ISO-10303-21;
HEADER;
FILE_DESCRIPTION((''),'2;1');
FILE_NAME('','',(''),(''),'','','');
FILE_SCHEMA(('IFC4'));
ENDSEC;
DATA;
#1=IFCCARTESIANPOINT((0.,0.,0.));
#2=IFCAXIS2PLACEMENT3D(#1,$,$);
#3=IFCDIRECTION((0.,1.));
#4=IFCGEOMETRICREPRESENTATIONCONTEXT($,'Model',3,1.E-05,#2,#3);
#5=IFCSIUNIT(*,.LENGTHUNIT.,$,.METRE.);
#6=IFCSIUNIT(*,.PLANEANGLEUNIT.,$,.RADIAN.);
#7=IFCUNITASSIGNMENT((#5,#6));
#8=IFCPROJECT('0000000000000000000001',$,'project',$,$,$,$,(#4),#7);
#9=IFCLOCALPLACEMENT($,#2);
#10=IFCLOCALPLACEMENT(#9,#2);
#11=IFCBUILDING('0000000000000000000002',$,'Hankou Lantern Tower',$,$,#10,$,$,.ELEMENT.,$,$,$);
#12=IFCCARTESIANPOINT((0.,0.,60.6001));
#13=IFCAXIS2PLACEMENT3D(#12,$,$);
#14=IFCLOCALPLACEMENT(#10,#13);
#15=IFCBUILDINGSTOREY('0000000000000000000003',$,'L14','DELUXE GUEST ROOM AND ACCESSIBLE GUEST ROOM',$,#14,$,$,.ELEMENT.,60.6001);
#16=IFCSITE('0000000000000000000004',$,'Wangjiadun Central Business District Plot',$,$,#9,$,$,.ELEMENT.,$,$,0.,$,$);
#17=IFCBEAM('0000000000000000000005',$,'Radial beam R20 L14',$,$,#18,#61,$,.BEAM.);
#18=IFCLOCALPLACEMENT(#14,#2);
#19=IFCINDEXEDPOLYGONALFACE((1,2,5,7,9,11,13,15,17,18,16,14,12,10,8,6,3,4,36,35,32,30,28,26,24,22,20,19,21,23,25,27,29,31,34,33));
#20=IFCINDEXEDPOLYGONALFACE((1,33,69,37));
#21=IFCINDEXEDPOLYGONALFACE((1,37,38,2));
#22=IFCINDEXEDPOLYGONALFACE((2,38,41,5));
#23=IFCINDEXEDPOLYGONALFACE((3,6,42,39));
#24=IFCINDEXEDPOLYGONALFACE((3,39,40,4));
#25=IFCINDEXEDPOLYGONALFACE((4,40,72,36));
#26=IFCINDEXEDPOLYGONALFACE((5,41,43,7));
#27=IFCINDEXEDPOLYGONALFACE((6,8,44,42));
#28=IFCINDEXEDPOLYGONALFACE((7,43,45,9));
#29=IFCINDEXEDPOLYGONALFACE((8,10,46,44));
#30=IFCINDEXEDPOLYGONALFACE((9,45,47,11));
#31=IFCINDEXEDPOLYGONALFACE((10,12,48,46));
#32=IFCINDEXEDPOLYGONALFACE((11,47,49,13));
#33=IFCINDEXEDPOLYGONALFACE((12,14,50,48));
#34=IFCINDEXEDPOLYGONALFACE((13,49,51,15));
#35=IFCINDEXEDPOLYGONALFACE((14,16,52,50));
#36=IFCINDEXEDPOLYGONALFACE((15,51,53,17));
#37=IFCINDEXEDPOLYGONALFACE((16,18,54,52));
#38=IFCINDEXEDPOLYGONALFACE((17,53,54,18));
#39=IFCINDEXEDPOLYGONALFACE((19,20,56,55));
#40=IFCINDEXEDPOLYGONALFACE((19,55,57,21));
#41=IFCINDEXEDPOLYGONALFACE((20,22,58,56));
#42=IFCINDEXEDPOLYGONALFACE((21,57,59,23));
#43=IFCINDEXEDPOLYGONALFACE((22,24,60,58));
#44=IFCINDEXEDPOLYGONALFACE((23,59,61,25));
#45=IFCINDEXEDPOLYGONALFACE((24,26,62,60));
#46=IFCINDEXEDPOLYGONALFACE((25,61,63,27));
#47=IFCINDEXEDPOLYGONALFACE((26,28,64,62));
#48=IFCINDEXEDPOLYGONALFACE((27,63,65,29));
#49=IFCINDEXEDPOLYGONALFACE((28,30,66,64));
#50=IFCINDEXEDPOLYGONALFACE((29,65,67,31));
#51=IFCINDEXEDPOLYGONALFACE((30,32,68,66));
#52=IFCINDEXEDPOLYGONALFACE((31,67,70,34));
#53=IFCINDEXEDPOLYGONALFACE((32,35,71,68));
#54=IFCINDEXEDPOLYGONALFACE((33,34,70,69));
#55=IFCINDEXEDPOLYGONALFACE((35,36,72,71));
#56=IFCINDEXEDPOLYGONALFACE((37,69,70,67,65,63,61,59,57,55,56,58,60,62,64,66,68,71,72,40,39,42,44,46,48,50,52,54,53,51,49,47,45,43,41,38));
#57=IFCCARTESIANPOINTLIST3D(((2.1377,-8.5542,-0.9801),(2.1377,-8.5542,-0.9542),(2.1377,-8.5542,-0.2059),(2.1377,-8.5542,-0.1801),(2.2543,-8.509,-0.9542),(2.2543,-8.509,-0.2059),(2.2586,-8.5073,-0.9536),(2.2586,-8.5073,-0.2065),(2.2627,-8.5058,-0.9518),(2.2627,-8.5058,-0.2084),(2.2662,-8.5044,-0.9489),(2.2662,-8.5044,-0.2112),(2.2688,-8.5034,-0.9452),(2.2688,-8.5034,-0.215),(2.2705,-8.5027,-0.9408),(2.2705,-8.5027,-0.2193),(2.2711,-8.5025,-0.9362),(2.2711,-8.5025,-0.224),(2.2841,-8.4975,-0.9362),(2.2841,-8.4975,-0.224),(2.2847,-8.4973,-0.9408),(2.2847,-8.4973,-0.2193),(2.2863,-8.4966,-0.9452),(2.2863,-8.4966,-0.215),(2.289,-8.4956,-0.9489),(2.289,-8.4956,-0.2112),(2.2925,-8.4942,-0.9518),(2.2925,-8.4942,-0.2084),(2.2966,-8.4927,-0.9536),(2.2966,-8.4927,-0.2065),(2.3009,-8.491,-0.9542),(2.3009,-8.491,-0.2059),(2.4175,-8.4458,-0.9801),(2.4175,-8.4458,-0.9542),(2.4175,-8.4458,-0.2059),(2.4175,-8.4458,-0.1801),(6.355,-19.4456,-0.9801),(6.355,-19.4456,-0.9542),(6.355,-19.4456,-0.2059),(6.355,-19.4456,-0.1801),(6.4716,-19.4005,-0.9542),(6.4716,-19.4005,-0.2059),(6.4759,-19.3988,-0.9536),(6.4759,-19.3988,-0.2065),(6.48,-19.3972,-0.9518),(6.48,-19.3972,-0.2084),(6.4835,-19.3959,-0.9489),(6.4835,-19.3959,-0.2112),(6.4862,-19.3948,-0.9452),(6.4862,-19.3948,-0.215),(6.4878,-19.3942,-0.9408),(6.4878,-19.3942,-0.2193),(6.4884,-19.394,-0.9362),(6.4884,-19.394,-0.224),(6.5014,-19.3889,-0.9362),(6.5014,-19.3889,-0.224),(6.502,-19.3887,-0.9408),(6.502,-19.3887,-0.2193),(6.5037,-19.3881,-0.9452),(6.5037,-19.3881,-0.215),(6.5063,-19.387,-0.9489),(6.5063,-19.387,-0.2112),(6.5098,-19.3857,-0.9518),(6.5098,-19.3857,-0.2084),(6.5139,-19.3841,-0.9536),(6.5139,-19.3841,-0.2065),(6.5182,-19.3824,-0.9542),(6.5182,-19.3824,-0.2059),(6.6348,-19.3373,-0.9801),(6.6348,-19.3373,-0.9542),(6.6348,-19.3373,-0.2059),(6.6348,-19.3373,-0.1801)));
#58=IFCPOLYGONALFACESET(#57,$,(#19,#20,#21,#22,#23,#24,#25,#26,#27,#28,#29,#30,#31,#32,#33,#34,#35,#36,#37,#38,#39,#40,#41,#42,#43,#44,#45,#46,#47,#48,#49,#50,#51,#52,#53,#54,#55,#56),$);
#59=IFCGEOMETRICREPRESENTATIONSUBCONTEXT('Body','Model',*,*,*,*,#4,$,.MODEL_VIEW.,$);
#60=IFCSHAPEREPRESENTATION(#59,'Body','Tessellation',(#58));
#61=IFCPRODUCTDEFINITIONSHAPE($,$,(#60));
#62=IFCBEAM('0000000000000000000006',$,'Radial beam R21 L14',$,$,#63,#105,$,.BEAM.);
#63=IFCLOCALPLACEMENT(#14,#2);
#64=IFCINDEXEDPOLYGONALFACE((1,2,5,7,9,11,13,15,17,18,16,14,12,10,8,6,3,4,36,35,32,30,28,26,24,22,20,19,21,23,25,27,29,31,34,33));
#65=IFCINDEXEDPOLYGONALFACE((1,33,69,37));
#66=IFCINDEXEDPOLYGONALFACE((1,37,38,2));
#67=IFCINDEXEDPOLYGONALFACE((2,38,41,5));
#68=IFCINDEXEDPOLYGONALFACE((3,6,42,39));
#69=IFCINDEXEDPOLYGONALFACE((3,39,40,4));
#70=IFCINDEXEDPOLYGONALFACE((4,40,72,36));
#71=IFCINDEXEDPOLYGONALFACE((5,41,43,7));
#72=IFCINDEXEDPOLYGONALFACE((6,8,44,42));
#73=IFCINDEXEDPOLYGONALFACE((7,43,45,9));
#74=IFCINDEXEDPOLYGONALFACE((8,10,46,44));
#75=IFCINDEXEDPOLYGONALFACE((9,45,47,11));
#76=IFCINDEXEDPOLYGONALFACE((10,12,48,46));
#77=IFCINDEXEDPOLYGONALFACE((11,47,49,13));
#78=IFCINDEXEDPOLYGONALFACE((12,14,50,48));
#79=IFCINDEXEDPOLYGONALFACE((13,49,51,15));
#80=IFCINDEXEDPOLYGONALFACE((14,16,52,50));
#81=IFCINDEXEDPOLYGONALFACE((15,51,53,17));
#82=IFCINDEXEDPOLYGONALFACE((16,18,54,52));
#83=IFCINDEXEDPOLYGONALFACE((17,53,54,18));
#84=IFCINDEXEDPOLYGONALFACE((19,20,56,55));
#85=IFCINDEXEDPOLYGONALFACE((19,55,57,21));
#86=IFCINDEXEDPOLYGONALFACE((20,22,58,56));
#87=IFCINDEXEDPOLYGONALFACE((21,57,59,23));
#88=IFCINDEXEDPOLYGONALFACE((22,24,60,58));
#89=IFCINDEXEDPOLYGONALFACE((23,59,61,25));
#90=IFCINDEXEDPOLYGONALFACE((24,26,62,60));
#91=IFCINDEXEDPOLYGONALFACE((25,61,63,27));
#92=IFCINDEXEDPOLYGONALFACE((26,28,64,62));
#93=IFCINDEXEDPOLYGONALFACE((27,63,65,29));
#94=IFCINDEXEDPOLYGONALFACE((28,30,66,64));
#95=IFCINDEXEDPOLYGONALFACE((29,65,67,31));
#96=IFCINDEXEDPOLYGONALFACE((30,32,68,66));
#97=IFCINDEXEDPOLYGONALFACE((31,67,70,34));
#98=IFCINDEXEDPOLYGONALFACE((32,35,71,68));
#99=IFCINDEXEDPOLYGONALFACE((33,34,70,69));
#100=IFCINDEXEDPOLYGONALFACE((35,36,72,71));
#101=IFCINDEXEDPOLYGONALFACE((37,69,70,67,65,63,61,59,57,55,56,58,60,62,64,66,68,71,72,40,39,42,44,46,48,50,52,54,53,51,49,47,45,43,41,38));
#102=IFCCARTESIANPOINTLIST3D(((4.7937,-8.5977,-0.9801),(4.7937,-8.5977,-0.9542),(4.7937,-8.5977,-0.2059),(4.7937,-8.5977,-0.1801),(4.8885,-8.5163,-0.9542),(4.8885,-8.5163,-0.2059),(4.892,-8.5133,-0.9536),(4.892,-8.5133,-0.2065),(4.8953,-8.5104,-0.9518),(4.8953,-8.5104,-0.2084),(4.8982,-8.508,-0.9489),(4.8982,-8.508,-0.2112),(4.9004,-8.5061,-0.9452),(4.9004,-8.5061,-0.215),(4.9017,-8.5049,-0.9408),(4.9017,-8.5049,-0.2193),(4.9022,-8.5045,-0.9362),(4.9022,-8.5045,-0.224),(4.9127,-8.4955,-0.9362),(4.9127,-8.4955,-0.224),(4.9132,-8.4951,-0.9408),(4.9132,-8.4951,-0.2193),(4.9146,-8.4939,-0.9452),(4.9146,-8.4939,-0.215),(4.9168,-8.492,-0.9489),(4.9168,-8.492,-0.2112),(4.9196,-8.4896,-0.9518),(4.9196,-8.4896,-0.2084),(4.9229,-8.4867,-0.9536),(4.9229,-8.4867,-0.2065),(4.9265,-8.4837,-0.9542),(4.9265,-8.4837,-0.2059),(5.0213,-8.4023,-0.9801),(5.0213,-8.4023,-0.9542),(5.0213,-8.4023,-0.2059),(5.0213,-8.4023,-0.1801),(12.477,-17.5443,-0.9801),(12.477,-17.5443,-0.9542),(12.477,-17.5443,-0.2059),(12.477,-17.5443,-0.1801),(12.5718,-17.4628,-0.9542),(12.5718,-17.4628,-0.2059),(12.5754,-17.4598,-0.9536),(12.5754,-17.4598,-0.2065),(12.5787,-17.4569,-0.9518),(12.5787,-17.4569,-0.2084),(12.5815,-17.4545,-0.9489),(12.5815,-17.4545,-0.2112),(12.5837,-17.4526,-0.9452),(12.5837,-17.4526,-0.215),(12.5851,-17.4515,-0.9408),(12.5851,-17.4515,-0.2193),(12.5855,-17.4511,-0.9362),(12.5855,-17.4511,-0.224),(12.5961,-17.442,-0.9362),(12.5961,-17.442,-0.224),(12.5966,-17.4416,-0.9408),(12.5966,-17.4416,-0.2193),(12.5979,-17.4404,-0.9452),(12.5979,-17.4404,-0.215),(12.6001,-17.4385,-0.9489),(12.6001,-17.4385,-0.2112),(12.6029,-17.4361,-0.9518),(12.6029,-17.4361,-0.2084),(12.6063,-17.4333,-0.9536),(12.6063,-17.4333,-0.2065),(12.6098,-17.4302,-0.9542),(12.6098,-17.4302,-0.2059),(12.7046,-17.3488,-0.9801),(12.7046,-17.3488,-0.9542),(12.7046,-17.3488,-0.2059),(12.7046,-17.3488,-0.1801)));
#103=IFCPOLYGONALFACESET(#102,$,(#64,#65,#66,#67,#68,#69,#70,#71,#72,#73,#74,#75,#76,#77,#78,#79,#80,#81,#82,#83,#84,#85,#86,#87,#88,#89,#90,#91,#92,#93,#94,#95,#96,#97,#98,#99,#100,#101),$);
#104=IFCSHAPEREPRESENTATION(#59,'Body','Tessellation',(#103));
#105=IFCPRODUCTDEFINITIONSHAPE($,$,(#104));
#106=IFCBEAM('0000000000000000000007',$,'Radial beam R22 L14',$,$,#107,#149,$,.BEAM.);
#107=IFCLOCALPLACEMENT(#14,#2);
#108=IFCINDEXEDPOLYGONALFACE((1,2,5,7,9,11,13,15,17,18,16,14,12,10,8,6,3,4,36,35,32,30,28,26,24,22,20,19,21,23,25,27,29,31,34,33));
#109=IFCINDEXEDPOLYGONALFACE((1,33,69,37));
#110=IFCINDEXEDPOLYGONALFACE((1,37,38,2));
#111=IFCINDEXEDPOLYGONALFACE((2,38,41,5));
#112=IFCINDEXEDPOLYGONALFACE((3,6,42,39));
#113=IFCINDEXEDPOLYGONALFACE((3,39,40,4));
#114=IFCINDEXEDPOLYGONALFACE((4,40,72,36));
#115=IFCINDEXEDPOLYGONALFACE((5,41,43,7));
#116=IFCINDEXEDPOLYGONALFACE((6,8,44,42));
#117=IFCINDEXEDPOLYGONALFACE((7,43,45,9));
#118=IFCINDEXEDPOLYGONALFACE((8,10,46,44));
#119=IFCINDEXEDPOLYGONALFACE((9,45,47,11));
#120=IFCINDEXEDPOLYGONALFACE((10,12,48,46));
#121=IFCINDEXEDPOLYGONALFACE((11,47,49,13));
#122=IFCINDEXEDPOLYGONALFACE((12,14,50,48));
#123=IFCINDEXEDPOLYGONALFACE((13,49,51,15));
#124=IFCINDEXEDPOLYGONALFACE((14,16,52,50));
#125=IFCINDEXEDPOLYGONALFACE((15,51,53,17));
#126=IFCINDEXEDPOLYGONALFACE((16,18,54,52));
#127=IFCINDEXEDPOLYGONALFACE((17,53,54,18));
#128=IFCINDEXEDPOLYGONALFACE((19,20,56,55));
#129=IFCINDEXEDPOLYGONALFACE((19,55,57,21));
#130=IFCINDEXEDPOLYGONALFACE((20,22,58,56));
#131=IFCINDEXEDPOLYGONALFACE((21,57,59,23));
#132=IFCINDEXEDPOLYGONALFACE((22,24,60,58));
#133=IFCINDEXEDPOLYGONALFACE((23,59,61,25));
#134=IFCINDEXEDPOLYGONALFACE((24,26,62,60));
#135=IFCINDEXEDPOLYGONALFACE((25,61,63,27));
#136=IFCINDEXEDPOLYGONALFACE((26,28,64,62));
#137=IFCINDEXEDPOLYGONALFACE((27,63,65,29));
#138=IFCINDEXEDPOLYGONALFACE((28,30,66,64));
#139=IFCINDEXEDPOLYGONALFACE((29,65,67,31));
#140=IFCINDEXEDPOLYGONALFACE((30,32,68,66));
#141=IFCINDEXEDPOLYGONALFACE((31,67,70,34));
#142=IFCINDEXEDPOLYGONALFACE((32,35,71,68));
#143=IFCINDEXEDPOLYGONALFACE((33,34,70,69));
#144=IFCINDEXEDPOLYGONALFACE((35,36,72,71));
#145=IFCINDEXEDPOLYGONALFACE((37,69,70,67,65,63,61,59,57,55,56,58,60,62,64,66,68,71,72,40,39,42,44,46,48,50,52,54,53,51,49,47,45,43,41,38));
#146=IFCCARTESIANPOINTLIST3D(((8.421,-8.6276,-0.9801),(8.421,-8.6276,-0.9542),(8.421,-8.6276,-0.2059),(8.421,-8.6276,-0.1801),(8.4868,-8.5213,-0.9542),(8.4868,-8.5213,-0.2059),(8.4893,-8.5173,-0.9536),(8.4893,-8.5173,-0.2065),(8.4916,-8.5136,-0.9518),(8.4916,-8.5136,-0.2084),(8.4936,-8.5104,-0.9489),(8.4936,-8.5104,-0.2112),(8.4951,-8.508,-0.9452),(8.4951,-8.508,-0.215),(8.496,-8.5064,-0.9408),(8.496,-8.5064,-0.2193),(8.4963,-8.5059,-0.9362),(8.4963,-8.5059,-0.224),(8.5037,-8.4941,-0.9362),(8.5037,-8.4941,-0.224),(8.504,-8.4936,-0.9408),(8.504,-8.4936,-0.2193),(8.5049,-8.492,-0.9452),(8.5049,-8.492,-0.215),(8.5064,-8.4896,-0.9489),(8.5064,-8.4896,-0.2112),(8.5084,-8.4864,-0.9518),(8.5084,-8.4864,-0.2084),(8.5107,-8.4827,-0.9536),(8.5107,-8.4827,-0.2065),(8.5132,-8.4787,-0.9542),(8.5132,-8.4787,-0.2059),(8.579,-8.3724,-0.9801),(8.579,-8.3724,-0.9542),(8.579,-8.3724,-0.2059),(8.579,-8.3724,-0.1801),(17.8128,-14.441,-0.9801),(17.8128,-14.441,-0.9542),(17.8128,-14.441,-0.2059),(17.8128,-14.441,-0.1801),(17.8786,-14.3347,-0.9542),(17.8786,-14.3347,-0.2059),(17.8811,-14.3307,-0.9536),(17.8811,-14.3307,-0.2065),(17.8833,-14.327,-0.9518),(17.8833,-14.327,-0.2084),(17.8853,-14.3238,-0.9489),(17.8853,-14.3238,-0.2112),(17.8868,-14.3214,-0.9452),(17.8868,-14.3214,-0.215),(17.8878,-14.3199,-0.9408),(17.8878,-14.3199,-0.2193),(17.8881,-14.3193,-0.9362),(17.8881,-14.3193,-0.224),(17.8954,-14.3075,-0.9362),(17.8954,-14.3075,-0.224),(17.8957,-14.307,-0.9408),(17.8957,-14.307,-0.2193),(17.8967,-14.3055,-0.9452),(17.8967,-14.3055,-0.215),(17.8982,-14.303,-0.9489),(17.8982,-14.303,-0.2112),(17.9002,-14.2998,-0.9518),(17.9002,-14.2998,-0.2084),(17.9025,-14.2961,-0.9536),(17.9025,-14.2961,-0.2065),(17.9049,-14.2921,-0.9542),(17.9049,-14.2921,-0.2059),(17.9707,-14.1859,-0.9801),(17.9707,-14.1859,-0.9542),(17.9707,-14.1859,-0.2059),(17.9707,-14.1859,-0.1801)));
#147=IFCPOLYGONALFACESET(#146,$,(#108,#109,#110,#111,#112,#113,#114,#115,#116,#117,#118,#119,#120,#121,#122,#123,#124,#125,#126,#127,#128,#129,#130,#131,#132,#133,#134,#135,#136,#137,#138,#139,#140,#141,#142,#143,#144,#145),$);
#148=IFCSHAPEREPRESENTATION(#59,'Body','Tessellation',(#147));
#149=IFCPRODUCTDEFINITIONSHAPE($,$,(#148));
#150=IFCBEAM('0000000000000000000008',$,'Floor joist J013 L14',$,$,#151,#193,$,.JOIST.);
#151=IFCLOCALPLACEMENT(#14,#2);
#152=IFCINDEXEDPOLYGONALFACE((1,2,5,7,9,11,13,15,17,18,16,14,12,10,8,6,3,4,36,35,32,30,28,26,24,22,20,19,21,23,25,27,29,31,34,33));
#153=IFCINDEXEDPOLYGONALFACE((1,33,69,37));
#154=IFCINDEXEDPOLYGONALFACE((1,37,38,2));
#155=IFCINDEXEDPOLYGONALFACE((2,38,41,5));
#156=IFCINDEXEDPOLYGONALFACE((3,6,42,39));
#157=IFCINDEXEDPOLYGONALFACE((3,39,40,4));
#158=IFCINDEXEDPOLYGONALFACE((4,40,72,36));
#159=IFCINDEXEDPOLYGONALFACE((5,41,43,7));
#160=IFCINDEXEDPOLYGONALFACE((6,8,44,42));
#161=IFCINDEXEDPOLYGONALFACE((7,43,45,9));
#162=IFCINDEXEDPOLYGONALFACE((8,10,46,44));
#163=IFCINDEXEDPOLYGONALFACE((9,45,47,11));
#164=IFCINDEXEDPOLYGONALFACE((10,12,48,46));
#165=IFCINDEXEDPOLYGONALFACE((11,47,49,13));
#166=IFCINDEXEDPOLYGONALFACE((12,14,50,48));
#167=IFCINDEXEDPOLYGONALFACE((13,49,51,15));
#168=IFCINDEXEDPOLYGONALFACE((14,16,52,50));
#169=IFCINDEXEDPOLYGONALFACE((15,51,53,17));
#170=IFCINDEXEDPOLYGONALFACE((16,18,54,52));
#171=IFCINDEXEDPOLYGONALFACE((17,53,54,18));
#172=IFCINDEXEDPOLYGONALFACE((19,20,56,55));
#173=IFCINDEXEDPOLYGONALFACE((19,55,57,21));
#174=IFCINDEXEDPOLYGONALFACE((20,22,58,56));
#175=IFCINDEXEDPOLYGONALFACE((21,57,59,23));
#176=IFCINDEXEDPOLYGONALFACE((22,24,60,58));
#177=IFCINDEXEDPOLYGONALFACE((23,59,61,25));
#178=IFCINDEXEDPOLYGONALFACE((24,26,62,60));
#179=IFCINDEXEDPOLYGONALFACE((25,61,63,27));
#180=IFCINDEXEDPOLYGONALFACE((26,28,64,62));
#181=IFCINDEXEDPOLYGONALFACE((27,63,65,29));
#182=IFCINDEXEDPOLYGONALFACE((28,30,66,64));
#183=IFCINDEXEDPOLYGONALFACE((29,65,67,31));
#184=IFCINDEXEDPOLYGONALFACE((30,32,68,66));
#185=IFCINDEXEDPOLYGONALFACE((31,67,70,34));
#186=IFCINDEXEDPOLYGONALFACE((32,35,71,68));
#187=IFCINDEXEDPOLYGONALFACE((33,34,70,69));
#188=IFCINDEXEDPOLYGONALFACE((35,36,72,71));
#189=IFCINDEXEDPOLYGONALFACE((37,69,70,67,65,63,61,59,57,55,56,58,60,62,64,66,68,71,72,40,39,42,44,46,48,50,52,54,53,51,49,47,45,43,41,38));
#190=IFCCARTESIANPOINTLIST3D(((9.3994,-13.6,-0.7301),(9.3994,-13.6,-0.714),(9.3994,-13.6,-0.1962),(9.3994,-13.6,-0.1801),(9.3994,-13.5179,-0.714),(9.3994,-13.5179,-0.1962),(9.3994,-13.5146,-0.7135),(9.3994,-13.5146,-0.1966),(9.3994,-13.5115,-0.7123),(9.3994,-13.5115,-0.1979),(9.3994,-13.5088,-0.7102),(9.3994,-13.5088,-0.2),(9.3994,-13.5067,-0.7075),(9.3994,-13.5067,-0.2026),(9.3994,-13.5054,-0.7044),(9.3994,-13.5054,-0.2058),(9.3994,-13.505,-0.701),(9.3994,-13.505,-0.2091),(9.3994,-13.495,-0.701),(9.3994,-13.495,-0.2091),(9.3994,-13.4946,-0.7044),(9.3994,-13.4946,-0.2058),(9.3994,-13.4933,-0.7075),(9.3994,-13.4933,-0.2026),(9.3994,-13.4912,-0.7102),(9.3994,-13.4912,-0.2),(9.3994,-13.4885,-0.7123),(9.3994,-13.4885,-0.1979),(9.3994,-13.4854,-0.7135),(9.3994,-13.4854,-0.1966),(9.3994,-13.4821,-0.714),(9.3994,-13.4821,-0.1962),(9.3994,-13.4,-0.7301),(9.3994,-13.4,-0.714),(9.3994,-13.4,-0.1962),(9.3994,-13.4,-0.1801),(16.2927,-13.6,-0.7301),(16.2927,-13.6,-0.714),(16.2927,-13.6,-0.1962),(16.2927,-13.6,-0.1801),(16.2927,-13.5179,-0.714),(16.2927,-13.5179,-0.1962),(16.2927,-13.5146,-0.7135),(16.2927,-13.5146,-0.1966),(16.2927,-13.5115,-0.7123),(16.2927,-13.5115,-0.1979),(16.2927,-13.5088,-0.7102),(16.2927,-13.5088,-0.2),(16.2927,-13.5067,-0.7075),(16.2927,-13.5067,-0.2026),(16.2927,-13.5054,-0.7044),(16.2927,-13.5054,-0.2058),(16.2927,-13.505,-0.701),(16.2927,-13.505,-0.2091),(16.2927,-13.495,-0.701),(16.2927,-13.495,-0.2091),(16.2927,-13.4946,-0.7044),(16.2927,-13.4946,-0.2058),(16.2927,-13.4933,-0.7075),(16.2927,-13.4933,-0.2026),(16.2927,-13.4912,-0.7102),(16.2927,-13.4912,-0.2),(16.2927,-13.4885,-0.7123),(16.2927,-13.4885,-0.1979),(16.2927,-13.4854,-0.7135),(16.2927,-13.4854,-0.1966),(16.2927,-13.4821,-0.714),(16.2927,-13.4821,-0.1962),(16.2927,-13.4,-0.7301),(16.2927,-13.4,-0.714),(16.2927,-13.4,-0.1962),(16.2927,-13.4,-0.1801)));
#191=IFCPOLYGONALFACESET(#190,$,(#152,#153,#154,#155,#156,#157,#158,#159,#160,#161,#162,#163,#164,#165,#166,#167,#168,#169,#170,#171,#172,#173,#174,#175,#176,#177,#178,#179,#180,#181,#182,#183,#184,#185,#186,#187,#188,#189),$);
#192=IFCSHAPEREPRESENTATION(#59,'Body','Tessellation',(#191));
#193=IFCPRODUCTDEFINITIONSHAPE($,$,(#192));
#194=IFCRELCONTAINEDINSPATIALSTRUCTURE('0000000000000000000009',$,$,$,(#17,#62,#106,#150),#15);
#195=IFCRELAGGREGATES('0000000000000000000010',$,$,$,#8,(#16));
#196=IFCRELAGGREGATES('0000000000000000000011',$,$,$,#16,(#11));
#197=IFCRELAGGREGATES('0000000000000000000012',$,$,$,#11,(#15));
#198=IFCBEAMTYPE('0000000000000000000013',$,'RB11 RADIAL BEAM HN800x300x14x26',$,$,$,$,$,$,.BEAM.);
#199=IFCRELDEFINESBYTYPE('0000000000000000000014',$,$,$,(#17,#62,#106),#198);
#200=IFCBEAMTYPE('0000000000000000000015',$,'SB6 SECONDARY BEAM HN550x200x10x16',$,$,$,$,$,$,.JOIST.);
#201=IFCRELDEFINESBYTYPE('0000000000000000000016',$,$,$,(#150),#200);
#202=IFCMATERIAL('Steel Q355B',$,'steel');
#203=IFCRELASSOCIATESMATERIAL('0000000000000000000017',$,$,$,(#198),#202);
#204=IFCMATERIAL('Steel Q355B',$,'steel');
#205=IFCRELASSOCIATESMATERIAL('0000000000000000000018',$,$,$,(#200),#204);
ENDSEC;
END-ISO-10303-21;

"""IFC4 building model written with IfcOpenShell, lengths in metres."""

from ifc_helpers import new_model, si_unit, direction, frame, origin, origin_2d, place, context, subcontext, project, spatial, i_section, extrude, material, material_profile, profile_set, type_object, element, save


model = new_model("IFC4")

# Units and contexts
model_context = context("Model", 3, precision=1e-05, world=origin(), true_north=direction((0.0, 1.0)))
body_context = subcontext(model_context, "Body", "Model", "MODEL_VIEW")
ifc_project = project(units=[si_unit("LENGTHUNIT", "METRE"), si_unit("PLANEANGLEUNIT", "RADIAN")], contexts=[model_context])

# Site, building, storey
site_placement = place(None, origin())
site = spatial("IfcSite", under=ifc_project, at=site_placement, Name="Wangjiadun Central Business District Plot", CompositionType="ELEMENT", RefElevation=0.0)
building_placement = place(site_placement, origin())
building = spatial("IfcBuilding", under=site, at=building_placement, Name="Hankou Lantern Tower", CompositionType="ELEMENT")
storey_placement = place(building_placement, frame((0.0, 0.0, 60.6001)))
storey = spatial("IfcBuildingStorey", under=building, at=storey_placement, Name="L14", Description="DELUXE GUEST ROOM AND ACCESSIBLE GUEST ROOM", CompositionType="ELEMENT", Elevation=60.6001)

# Beams
ifc_material_1 = material(Name="Steel Q355B", Category="steel")
ifc_material_profile_1 = material_profile(ifc_material_1, i_section(OverallWidth=0.3, OverallDepth=0.8, WebThickness=0.0139, FlangeThickness=0.0259, FilletRadius=0.0181, at=origin_2d()), Name="HN800x300x14x26")
ifc_profile_set_1 = profile_set([ifc_material_profile_1], Name="Steel Q355B")
beam_type_1 = type_object("IfcBeamType", Name="RB11 RADIAL BEAM HN800x300x14x26", PredefinedType="BEAM", material=ifc_profile_set_1)
beam_1_placement = place(storey_placement, frame((2.2776, -8.5, -0.5801), z_axis=(0.361089, -0.932531, 0.0), x_axis=(0.932531, 0.361089, 0.0)))
element("IfcBeam", 1, at=beam_1_placement, inside=storey, type_object=beam_type_1, Name="Radial beam R20 L14", PredefinedType="BEAM", context=body_context, shape_type="SweptSolid", body=[
    extrude(i_section(OverallWidth=0.3, OverallDepth=0.8, WebThickness=0.0139, FlangeThickness=0.0259, FilletRadius=0.0181, at=origin_2d()), origin(), (0.0, 0.0, 1.0), 11.6794),
])
beam_2_placement = place(storey_placement, frame((4.9075, -8.5, -0.5801), z_axis=(0.651519, -0.758632, 0.0), x_axis=(0.758632, 0.651519, 0.0)))
element("IfcBeam", 2, at=beam_2_placement, inside=storey, type_object=beam_type_1, Name="Radial beam R21 L14", PredefinedType="BEAM", context=body_context, shape_type="SweptSolid", body=[
    extrude(i_section(OverallWidth=0.3, OverallDepth=0.8, WebThickness=0.0139, FlangeThickness=0.0259, FilletRadius=0.0181, at=origin_2d()), origin(), (0.0, 0.0, 1.0), 11.793),
])
beam_3_placement = place(storey_placement, frame((8.5, -8.5, -0.5801), z_axis=(0.850286, -0.52632, 0.0), x_axis=(0.52632, 0.850286, 0.0)))
element("IfcBeam", 3, at=beam_3_placement, inside=storey, type_object=beam_type_1, Name="Radial beam R22 L14", PredefinedType="BEAM", context=body_context, shape_type="SweptSolid", body=[
    extrude(i_section(OverallWidth=0.3, OverallDepth=0.8, WebThickness=0.0139, FlangeThickness=0.0259, FilletRadius=0.0181, at=origin_2d()), origin(), (0.0, 0.0, 1.0), 11.0454),
])
ifc_material_2 = material(Name="Steel Q355B", Category="steel")
ifc_material_profile_2 = material_profile(ifc_material_2, i_section(OverallWidth=0.2, OverallDepth=0.55, WebThickness=0.01, FlangeThickness=0.0161, FilletRadius=0.0129, at=origin_2d()), Name="HN550x200x10x16")
ifc_profile_set_2 = profile_set([ifc_material_profile_2], Name="Steel Q355B")
beam_type_2 = type_object("IfcBeamType", Name="SB6 SECONDARY BEAM HN550x200x10x16", PredefinedType="JOIST", material=ifc_profile_set_2)
beam_4_placement = place(storey_placement, frame((9.3994, -13.5, -0.4551), z_axis=(1.0, 0.0, 0.0), x_axis=(0.0, 1.0, 0.0)))
element("IfcBeam", 4, at=beam_4_placement, inside=storey, type_object=beam_type_2, Name="Floor joist J013 L14", PredefinedType="JOIST", context=body_context, shape_type="SweptSolid", body=[
    extrude(i_section(OverallWidth=0.2, OverallDepth=0.55, WebThickness=0.01, FlangeThickness=0.0161, FilletRadius=0.0129, at=origin_2d()), origin(), (0.0, 0.0, 1.0), 6.8933),
])

save(model, "model.ifc")
